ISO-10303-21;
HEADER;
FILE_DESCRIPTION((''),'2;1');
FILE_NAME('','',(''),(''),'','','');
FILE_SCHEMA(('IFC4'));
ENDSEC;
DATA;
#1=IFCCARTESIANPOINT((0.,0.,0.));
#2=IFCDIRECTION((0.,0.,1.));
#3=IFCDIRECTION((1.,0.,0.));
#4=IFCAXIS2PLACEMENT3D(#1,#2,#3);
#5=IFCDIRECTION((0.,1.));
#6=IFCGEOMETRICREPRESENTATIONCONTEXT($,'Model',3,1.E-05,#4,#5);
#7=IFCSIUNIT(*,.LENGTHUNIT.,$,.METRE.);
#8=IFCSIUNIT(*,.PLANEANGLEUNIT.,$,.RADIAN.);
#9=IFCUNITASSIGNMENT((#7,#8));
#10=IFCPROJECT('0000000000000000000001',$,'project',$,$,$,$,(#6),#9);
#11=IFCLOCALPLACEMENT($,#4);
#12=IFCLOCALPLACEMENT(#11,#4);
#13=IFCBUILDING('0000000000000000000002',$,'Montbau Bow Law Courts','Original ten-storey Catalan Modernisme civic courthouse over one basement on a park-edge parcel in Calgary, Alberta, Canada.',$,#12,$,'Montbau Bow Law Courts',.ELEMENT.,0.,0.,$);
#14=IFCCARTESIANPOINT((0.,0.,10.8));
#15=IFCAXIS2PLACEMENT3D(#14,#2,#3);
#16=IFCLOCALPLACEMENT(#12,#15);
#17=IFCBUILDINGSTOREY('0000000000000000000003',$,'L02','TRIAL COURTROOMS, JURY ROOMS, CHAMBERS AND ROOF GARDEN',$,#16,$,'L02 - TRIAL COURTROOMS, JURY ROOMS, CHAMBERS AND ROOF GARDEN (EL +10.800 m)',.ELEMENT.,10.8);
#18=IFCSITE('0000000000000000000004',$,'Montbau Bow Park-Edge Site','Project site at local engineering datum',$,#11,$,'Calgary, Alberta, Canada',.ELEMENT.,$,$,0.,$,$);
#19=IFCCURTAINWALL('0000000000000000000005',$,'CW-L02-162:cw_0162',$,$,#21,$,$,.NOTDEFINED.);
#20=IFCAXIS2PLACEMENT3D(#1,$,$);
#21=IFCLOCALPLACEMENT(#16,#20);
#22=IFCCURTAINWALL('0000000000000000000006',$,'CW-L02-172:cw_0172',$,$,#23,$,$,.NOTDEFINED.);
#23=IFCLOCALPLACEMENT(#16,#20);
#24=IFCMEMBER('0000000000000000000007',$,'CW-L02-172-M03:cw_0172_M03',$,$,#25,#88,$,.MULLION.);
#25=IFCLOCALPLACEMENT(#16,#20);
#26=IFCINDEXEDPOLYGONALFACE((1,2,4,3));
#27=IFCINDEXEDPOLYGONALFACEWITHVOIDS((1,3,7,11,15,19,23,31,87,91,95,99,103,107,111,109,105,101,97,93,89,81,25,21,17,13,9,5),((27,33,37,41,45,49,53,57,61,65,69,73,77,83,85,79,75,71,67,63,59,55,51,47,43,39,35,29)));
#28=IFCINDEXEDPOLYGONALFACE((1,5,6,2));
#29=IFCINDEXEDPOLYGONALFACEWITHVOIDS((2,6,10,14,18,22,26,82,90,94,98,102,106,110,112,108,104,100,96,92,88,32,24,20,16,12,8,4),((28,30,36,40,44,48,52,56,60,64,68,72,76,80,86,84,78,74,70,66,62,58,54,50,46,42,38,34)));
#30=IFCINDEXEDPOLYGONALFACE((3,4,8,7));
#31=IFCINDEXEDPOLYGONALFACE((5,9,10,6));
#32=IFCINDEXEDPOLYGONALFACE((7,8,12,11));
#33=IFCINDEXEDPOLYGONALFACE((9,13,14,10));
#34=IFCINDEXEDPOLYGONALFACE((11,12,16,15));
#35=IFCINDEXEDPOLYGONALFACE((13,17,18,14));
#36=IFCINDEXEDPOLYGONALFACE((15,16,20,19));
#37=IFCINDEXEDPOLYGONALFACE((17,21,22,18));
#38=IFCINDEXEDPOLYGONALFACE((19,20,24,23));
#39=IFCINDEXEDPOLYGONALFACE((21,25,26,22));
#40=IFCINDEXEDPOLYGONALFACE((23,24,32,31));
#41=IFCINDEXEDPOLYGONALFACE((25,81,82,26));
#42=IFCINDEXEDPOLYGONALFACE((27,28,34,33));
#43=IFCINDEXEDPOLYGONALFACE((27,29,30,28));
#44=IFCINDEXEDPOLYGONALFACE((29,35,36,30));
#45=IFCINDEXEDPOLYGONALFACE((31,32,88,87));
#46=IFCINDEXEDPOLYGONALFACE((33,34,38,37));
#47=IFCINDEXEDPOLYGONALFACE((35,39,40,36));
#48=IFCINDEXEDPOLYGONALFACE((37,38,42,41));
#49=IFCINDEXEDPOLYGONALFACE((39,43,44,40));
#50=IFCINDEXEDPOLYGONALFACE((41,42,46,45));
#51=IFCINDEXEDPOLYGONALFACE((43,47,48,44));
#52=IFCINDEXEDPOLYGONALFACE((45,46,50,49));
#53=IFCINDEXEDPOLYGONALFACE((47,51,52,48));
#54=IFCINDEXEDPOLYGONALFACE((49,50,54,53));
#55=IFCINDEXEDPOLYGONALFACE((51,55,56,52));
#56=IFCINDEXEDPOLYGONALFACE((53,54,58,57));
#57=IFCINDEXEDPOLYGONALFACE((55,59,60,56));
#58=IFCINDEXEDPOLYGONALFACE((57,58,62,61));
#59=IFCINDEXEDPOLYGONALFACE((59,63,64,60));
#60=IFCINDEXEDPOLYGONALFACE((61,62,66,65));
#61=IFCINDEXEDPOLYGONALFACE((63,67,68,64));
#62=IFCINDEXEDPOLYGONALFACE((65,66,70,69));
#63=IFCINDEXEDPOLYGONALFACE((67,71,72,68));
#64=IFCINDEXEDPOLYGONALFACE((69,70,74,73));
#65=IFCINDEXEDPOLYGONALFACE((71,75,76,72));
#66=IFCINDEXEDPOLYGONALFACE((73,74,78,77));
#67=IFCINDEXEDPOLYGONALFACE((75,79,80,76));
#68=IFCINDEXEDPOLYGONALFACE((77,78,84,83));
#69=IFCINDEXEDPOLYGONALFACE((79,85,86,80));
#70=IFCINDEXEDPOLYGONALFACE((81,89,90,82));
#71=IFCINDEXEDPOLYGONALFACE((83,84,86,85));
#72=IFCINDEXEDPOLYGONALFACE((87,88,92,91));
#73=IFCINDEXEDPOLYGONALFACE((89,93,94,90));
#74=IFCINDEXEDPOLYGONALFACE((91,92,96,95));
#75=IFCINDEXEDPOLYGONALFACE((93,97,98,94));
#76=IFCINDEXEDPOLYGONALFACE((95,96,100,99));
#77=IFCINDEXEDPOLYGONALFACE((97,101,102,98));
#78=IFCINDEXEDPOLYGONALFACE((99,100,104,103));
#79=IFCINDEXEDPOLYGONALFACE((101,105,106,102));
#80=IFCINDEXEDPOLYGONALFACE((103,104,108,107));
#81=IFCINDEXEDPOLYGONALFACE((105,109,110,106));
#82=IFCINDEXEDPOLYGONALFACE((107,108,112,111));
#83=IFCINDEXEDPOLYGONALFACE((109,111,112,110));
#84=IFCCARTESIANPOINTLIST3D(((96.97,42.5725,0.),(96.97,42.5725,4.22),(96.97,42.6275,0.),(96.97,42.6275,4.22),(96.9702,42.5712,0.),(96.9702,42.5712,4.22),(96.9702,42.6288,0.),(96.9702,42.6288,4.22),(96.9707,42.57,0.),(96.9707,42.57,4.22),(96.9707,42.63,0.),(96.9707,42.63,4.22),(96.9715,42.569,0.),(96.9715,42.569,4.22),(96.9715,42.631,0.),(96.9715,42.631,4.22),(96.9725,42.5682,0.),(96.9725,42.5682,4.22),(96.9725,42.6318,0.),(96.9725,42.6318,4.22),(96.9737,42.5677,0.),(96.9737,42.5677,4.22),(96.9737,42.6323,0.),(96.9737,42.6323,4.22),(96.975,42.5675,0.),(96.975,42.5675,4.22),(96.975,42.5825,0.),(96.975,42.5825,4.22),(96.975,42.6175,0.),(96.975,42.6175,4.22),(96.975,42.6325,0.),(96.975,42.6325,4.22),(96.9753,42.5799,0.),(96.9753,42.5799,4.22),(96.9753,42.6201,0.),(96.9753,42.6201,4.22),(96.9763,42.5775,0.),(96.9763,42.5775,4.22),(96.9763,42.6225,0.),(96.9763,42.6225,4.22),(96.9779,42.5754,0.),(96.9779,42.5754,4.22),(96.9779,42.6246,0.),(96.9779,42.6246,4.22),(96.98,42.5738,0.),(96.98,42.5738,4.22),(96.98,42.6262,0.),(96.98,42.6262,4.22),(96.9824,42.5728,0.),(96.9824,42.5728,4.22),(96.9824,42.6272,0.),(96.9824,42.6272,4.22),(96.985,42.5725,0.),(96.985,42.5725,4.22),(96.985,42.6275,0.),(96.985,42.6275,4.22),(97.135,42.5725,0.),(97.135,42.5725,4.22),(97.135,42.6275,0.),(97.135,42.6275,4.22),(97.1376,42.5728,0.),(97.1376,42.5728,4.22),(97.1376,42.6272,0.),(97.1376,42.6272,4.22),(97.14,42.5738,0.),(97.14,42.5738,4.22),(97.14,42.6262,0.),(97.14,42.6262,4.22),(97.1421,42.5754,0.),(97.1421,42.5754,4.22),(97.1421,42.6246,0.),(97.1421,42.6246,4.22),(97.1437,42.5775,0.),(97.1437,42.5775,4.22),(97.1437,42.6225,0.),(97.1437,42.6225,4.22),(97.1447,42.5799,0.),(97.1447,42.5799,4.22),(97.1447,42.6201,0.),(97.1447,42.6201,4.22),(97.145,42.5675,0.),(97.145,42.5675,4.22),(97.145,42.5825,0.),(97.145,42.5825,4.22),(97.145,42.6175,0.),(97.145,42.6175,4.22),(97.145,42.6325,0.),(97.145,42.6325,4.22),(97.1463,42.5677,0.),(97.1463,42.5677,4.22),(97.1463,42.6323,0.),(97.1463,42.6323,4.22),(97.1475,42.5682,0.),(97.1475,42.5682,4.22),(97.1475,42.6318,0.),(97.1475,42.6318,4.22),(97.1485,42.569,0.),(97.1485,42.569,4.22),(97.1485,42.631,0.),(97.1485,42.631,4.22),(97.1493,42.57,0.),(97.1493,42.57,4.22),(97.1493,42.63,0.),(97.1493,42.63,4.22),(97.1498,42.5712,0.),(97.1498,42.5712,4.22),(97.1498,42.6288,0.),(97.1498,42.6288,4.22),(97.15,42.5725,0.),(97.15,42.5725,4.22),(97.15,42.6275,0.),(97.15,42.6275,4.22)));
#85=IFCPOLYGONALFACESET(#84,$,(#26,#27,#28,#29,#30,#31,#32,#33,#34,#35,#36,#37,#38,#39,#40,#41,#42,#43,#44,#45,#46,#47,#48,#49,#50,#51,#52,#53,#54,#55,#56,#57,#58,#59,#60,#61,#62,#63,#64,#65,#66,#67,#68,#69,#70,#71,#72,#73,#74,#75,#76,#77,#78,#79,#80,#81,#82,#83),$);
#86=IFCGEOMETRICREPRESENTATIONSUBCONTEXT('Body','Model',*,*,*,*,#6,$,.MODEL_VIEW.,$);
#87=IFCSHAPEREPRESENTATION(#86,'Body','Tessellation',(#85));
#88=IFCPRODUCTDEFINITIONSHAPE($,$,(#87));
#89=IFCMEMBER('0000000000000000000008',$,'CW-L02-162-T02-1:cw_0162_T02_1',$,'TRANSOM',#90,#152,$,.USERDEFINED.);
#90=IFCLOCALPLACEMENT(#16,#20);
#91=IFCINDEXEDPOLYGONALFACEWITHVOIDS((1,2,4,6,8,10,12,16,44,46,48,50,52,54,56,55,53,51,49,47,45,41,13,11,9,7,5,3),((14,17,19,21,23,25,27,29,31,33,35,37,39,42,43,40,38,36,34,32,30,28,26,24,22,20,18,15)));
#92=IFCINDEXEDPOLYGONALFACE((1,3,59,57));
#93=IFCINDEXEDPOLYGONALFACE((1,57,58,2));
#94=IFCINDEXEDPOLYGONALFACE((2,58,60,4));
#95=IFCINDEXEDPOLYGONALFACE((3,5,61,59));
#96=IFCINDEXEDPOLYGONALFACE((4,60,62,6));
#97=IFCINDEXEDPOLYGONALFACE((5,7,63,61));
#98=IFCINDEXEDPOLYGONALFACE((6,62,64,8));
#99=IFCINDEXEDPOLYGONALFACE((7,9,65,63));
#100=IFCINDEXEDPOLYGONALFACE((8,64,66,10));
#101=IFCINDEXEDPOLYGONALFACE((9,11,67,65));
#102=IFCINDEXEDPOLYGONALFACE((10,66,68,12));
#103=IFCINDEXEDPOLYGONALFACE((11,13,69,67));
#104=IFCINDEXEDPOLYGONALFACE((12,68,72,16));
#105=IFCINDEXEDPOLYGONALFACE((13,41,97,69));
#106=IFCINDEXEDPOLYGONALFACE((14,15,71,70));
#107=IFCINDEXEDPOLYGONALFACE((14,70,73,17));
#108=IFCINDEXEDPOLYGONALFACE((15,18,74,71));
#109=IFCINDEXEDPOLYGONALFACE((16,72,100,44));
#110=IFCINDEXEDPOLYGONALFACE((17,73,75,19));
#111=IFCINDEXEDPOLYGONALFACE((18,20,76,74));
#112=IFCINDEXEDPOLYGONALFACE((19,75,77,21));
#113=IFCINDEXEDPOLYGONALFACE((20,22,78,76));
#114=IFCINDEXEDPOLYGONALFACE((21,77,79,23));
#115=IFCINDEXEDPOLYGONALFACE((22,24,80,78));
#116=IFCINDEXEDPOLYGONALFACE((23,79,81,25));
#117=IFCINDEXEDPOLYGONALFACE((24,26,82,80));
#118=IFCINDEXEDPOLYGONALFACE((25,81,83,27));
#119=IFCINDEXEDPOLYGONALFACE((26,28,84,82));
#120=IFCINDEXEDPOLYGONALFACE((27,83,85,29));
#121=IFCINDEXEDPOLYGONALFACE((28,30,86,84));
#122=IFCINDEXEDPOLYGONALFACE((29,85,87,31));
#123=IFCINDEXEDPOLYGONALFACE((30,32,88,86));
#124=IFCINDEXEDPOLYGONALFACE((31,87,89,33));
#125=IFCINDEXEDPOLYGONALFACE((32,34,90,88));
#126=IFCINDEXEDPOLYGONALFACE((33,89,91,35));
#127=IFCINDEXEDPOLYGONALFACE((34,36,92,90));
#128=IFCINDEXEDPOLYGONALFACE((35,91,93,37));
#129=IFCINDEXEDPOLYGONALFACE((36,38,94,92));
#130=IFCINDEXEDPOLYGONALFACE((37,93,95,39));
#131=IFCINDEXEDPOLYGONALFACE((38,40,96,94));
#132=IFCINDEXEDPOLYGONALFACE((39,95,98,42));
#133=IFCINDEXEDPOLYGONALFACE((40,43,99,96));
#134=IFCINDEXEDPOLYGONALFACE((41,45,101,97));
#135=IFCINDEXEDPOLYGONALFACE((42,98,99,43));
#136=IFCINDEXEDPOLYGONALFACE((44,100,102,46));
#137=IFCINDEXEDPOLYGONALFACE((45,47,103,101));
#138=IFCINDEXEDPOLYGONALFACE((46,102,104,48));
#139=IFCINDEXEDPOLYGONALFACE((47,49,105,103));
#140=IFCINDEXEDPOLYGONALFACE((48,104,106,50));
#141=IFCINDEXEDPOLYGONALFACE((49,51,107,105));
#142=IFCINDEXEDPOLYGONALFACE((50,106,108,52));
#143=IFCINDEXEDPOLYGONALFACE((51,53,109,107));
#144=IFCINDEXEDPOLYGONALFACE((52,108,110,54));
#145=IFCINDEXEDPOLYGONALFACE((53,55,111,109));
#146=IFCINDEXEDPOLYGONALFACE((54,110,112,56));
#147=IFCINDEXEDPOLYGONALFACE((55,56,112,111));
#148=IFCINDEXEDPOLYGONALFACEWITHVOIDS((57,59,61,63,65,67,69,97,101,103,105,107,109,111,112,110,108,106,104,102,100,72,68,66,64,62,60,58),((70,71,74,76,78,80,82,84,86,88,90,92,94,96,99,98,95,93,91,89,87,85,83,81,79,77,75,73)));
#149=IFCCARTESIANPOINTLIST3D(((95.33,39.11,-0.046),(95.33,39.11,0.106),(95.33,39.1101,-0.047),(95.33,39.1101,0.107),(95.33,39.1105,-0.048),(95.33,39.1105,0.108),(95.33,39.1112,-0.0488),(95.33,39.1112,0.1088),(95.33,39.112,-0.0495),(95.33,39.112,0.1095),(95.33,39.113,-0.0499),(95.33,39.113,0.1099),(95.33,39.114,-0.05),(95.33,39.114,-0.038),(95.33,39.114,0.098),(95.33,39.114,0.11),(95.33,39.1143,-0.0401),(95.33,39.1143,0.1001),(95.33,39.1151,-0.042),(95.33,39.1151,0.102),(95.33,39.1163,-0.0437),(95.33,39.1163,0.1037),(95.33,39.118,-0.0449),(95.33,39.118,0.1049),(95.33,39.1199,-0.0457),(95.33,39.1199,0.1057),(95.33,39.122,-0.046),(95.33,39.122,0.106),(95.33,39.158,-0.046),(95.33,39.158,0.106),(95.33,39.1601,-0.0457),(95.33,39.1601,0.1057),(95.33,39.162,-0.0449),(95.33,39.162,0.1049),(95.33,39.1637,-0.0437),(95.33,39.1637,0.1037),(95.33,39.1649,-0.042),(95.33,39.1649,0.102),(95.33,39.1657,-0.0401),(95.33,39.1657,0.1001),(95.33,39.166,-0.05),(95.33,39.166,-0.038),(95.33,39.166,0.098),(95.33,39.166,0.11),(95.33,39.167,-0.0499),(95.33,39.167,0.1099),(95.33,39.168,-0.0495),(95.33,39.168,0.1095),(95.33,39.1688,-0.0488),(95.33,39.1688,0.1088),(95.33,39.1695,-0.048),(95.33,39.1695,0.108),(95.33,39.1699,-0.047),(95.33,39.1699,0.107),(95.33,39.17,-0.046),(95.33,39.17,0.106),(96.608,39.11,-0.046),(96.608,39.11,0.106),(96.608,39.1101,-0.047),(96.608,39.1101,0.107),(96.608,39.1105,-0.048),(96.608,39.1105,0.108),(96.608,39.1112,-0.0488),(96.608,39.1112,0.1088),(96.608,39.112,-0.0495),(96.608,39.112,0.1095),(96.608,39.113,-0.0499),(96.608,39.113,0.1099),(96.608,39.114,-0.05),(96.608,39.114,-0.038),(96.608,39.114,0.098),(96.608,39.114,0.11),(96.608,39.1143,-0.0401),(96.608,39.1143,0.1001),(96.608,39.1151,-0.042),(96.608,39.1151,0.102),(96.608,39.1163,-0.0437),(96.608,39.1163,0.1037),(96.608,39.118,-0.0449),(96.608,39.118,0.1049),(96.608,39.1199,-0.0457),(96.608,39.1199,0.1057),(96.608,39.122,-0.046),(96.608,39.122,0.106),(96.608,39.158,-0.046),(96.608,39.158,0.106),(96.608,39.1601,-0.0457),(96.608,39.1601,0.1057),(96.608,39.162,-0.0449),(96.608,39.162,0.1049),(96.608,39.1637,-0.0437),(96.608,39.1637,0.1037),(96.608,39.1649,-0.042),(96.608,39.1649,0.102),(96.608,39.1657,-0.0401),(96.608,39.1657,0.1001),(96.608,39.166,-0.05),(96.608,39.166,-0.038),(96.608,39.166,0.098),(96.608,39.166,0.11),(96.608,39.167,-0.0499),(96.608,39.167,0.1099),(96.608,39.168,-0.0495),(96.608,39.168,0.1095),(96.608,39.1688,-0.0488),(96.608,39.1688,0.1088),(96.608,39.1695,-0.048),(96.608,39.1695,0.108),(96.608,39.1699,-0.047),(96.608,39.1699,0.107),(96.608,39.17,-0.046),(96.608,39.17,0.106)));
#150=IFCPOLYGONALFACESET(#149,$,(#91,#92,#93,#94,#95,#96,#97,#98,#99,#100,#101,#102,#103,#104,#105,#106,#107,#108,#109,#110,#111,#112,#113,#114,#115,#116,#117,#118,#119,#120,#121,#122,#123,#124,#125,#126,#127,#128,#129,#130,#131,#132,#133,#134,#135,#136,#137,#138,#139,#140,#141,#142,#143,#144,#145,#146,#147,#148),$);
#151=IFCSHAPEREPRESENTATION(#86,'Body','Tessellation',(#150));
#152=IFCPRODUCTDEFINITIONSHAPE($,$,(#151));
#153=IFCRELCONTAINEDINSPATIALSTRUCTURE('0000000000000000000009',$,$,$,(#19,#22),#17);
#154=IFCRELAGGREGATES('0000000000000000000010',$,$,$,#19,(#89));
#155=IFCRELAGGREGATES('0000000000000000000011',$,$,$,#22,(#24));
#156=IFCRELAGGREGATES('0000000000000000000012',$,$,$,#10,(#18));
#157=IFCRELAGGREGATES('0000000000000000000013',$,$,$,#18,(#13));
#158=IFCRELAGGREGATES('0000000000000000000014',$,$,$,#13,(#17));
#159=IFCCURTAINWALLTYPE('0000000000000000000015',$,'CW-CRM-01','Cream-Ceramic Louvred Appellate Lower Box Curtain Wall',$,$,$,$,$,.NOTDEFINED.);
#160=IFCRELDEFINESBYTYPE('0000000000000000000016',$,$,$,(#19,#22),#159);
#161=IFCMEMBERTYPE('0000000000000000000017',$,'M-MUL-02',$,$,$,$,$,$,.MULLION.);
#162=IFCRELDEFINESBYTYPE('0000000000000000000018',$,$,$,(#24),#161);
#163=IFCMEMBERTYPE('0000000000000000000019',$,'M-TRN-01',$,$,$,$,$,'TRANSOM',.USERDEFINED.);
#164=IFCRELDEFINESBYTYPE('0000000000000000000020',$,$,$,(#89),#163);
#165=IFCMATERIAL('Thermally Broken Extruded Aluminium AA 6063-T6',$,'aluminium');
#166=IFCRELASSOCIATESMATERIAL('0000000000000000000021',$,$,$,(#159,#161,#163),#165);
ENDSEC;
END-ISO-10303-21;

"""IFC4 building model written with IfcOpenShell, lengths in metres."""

from ifc_helpers import new_model, si_unit, direction, frame, origin_with_axes, origin_2d_with_axis, place, context, subcontext, project, spatial, hollow_rectangle, extrude, material, material_profile, profile_set, type_object, element, aggregate, save


model = new_model("IFC4")

# Units and contexts
model_context = context("Model", 3, precision=1e-05, world=origin_with_axes(), true_north=direction((0.0, 1.0)))
body_context = subcontext(model_context, "Body", "Model", "MODEL_VIEW")
ifc_project = project(units=[si_unit("LENGTHUNIT", "METRE"), si_unit("PLANEANGLEUNIT", "RADIAN")], contexts=[model_context])

# Site, building, storey
site_placement = place(None, origin_with_axes())
site = spatial("IfcSite", under=ifc_project, at=site_placement, Name="Montbau Bow Park-Edge Site", Description="Project site at local engineering datum", LongName="Calgary, Alberta, Canada", CompositionType="ELEMENT", RefElevation=0.0)
building_placement = place(site_placement, origin_with_axes())
building = spatial("IfcBuilding", under=site, at=building_placement, Name="Montbau Bow Law Courts", Description="Original ten-storey Catalan Modernisme civic courthouse over one basement on a park-edge parcel in Calgary, Alberta, Canada.", LongName="Montbau Bow Law Courts", CompositionType="ELEMENT", ElevationOfRefHeight=0.0, ElevationOfTerrain=0.0)
storey_placement = place(building_placement, frame((0.0, 0.0, 10.8), z_axis=(0.0, 0.0, 1.0), x_axis=(1.0, 0.0, 0.0)))
storey = spatial("IfcBuildingStorey", under=building, at=storey_placement, Name="L02", Description="TRIAL COURTROOMS, JURY ROOMS, CHAMBERS AND ROOF GARDEN", LongName="L02 - TRIAL COURTROOMS, JURY ROOMS, CHAMBERS AND ROOF GARDEN (EL +10.800 m)", CompositionType="ELEMENT", Elevation=10.8)

# Curtain walls, member
ifc_material_1 = material(Name="Thermally Broken Extruded Aluminium AA 6063-T6", Category="aluminium")
curtain_wall_type = type_object("IfcCurtainWallType", Name="CW-CRM-01", Description="Cream-Ceramic Louvred Appellate Lower Box Curtain Wall", PredefinedType="NOTDEFINED", material=ifc_material_1)
curtain_wall_1_placement = place(None, frame((93.897, 39.14, 10.8), z_axis=(0.0, 0.0, 1.0), x_axis=(1.0, 0.0, 0.0)))
curtain_wall_1 = element("IfcCurtainWall", 1, at=curtain_wall_1_placement, inside=storey, type_object=curtain_wall_type, Name="CW-L02-162:cw_0162", PredefinedType="NOTDEFINED")
curtain_wall_2_placement = place(None, frame((97.06, 39.515, 10.8), z_axis=(0.0, 0.0, 1.0), x_axis=(1.0, 0.0, 0.0)))
curtain_wall_2 = element("IfcCurtainWall", 2, at=curtain_wall_2_placement, inside=storey, type_object=curtain_wall_type, Name="CW-L02-172:cw_0172", PredefinedType="NOTDEFINED")
ifc_material_profile_1 = material_profile(ifc_material_1, hollow_rectangle(XDim=0.065, YDim=0.18, WallThickness=0.005, InnerFilletRadius=0.01, OuterFilletRadius=0.005, at=origin_2d_with_axis()), Name="CWM-180X65", Category="Main", Priority=0)
ifc_profile_set_1 = profile_set([ifc_material_profile_1], Name="Thermally Broken Extruded Aluminium AA 6063-T6")
member_type_1 = type_object("IfcMemberType", Name="M-MUL-02", PredefinedType="MULLION", material=ifc_profile_set_1)
member_1_placement = place(None, frame((97.06, 42.6, 10.8), z_axis=(0.0, 0.0, 1.0), x_axis=(0.0, 1.0, 0.0)))
member_1 = element("IfcMember", 3, at=member_1_placement, type_object=member_type_1, Name="CW-L02-172-M03:cw_0172_M03", PredefinedType="MULLION", context=body_context, shape_type="SweptSolid", body=[
    extrude(hollow_rectangle(XDim=0.065, YDim=0.18, WallThickness=0.005, InnerFilletRadius=0.01, OuterFilletRadius=0.005, at=origin_2d_with_axis()), origin_with_axes(), (0.0, 0.0, 1.0), 4.22),
])

# Member
ifc_material_profile_2 = material_profile(ifc_material_1, hollow_rectangle(XDim=0.06, YDim=0.16, WallThickness=0.004, InnerFilletRadius=0.008, OuterFilletRadius=0.004, at=origin_2d_with_axis()), Name="CWT-160X60", Category="Main", Priority=0)
ifc_profile_set_2 = profile_set([ifc_material_profile_2], Name="Thermally Broken Extruded Aluminium AA 6063-T6")
member_type_2 = type_object("IfcMemberType", Name="M-TRN-01", ElementType="TRANSOM", PredefinedType="USERDEFINED", material=ifc_profile_set_2)
member_2_placement = place(None, frame((95.33, 39.14, 10.83), z_axis=(1.0, 0.0, 0.0), x_axis=(0.0, 1.0, 0.0)))
member_2 = element("IfcMember", 4, at=member_2_placement, type_object=member_type_2, Name="CW-L02-162-T02-1:cw_0162_T02_1", ObjectType="TRANSOM", PredefinedType="USERDEFINED", context=body_context, shape_type="SweptSolid", body=[
    extrude(hollow_rectangle(XDim=0.06, YDim=0.16, WallThickness=0.004, InnerFilletRadius=0.008, OuterFilletRadius=0.004, at=origin_2d_with_axis()), origin_with_axes(), (0.0, 0.0, 1.0), 1.278),
])

aggregate(curtain_wall_1, [member_2])
aggregate(curtain_wall_2, [member_1])

save(model, "model.ifc")
